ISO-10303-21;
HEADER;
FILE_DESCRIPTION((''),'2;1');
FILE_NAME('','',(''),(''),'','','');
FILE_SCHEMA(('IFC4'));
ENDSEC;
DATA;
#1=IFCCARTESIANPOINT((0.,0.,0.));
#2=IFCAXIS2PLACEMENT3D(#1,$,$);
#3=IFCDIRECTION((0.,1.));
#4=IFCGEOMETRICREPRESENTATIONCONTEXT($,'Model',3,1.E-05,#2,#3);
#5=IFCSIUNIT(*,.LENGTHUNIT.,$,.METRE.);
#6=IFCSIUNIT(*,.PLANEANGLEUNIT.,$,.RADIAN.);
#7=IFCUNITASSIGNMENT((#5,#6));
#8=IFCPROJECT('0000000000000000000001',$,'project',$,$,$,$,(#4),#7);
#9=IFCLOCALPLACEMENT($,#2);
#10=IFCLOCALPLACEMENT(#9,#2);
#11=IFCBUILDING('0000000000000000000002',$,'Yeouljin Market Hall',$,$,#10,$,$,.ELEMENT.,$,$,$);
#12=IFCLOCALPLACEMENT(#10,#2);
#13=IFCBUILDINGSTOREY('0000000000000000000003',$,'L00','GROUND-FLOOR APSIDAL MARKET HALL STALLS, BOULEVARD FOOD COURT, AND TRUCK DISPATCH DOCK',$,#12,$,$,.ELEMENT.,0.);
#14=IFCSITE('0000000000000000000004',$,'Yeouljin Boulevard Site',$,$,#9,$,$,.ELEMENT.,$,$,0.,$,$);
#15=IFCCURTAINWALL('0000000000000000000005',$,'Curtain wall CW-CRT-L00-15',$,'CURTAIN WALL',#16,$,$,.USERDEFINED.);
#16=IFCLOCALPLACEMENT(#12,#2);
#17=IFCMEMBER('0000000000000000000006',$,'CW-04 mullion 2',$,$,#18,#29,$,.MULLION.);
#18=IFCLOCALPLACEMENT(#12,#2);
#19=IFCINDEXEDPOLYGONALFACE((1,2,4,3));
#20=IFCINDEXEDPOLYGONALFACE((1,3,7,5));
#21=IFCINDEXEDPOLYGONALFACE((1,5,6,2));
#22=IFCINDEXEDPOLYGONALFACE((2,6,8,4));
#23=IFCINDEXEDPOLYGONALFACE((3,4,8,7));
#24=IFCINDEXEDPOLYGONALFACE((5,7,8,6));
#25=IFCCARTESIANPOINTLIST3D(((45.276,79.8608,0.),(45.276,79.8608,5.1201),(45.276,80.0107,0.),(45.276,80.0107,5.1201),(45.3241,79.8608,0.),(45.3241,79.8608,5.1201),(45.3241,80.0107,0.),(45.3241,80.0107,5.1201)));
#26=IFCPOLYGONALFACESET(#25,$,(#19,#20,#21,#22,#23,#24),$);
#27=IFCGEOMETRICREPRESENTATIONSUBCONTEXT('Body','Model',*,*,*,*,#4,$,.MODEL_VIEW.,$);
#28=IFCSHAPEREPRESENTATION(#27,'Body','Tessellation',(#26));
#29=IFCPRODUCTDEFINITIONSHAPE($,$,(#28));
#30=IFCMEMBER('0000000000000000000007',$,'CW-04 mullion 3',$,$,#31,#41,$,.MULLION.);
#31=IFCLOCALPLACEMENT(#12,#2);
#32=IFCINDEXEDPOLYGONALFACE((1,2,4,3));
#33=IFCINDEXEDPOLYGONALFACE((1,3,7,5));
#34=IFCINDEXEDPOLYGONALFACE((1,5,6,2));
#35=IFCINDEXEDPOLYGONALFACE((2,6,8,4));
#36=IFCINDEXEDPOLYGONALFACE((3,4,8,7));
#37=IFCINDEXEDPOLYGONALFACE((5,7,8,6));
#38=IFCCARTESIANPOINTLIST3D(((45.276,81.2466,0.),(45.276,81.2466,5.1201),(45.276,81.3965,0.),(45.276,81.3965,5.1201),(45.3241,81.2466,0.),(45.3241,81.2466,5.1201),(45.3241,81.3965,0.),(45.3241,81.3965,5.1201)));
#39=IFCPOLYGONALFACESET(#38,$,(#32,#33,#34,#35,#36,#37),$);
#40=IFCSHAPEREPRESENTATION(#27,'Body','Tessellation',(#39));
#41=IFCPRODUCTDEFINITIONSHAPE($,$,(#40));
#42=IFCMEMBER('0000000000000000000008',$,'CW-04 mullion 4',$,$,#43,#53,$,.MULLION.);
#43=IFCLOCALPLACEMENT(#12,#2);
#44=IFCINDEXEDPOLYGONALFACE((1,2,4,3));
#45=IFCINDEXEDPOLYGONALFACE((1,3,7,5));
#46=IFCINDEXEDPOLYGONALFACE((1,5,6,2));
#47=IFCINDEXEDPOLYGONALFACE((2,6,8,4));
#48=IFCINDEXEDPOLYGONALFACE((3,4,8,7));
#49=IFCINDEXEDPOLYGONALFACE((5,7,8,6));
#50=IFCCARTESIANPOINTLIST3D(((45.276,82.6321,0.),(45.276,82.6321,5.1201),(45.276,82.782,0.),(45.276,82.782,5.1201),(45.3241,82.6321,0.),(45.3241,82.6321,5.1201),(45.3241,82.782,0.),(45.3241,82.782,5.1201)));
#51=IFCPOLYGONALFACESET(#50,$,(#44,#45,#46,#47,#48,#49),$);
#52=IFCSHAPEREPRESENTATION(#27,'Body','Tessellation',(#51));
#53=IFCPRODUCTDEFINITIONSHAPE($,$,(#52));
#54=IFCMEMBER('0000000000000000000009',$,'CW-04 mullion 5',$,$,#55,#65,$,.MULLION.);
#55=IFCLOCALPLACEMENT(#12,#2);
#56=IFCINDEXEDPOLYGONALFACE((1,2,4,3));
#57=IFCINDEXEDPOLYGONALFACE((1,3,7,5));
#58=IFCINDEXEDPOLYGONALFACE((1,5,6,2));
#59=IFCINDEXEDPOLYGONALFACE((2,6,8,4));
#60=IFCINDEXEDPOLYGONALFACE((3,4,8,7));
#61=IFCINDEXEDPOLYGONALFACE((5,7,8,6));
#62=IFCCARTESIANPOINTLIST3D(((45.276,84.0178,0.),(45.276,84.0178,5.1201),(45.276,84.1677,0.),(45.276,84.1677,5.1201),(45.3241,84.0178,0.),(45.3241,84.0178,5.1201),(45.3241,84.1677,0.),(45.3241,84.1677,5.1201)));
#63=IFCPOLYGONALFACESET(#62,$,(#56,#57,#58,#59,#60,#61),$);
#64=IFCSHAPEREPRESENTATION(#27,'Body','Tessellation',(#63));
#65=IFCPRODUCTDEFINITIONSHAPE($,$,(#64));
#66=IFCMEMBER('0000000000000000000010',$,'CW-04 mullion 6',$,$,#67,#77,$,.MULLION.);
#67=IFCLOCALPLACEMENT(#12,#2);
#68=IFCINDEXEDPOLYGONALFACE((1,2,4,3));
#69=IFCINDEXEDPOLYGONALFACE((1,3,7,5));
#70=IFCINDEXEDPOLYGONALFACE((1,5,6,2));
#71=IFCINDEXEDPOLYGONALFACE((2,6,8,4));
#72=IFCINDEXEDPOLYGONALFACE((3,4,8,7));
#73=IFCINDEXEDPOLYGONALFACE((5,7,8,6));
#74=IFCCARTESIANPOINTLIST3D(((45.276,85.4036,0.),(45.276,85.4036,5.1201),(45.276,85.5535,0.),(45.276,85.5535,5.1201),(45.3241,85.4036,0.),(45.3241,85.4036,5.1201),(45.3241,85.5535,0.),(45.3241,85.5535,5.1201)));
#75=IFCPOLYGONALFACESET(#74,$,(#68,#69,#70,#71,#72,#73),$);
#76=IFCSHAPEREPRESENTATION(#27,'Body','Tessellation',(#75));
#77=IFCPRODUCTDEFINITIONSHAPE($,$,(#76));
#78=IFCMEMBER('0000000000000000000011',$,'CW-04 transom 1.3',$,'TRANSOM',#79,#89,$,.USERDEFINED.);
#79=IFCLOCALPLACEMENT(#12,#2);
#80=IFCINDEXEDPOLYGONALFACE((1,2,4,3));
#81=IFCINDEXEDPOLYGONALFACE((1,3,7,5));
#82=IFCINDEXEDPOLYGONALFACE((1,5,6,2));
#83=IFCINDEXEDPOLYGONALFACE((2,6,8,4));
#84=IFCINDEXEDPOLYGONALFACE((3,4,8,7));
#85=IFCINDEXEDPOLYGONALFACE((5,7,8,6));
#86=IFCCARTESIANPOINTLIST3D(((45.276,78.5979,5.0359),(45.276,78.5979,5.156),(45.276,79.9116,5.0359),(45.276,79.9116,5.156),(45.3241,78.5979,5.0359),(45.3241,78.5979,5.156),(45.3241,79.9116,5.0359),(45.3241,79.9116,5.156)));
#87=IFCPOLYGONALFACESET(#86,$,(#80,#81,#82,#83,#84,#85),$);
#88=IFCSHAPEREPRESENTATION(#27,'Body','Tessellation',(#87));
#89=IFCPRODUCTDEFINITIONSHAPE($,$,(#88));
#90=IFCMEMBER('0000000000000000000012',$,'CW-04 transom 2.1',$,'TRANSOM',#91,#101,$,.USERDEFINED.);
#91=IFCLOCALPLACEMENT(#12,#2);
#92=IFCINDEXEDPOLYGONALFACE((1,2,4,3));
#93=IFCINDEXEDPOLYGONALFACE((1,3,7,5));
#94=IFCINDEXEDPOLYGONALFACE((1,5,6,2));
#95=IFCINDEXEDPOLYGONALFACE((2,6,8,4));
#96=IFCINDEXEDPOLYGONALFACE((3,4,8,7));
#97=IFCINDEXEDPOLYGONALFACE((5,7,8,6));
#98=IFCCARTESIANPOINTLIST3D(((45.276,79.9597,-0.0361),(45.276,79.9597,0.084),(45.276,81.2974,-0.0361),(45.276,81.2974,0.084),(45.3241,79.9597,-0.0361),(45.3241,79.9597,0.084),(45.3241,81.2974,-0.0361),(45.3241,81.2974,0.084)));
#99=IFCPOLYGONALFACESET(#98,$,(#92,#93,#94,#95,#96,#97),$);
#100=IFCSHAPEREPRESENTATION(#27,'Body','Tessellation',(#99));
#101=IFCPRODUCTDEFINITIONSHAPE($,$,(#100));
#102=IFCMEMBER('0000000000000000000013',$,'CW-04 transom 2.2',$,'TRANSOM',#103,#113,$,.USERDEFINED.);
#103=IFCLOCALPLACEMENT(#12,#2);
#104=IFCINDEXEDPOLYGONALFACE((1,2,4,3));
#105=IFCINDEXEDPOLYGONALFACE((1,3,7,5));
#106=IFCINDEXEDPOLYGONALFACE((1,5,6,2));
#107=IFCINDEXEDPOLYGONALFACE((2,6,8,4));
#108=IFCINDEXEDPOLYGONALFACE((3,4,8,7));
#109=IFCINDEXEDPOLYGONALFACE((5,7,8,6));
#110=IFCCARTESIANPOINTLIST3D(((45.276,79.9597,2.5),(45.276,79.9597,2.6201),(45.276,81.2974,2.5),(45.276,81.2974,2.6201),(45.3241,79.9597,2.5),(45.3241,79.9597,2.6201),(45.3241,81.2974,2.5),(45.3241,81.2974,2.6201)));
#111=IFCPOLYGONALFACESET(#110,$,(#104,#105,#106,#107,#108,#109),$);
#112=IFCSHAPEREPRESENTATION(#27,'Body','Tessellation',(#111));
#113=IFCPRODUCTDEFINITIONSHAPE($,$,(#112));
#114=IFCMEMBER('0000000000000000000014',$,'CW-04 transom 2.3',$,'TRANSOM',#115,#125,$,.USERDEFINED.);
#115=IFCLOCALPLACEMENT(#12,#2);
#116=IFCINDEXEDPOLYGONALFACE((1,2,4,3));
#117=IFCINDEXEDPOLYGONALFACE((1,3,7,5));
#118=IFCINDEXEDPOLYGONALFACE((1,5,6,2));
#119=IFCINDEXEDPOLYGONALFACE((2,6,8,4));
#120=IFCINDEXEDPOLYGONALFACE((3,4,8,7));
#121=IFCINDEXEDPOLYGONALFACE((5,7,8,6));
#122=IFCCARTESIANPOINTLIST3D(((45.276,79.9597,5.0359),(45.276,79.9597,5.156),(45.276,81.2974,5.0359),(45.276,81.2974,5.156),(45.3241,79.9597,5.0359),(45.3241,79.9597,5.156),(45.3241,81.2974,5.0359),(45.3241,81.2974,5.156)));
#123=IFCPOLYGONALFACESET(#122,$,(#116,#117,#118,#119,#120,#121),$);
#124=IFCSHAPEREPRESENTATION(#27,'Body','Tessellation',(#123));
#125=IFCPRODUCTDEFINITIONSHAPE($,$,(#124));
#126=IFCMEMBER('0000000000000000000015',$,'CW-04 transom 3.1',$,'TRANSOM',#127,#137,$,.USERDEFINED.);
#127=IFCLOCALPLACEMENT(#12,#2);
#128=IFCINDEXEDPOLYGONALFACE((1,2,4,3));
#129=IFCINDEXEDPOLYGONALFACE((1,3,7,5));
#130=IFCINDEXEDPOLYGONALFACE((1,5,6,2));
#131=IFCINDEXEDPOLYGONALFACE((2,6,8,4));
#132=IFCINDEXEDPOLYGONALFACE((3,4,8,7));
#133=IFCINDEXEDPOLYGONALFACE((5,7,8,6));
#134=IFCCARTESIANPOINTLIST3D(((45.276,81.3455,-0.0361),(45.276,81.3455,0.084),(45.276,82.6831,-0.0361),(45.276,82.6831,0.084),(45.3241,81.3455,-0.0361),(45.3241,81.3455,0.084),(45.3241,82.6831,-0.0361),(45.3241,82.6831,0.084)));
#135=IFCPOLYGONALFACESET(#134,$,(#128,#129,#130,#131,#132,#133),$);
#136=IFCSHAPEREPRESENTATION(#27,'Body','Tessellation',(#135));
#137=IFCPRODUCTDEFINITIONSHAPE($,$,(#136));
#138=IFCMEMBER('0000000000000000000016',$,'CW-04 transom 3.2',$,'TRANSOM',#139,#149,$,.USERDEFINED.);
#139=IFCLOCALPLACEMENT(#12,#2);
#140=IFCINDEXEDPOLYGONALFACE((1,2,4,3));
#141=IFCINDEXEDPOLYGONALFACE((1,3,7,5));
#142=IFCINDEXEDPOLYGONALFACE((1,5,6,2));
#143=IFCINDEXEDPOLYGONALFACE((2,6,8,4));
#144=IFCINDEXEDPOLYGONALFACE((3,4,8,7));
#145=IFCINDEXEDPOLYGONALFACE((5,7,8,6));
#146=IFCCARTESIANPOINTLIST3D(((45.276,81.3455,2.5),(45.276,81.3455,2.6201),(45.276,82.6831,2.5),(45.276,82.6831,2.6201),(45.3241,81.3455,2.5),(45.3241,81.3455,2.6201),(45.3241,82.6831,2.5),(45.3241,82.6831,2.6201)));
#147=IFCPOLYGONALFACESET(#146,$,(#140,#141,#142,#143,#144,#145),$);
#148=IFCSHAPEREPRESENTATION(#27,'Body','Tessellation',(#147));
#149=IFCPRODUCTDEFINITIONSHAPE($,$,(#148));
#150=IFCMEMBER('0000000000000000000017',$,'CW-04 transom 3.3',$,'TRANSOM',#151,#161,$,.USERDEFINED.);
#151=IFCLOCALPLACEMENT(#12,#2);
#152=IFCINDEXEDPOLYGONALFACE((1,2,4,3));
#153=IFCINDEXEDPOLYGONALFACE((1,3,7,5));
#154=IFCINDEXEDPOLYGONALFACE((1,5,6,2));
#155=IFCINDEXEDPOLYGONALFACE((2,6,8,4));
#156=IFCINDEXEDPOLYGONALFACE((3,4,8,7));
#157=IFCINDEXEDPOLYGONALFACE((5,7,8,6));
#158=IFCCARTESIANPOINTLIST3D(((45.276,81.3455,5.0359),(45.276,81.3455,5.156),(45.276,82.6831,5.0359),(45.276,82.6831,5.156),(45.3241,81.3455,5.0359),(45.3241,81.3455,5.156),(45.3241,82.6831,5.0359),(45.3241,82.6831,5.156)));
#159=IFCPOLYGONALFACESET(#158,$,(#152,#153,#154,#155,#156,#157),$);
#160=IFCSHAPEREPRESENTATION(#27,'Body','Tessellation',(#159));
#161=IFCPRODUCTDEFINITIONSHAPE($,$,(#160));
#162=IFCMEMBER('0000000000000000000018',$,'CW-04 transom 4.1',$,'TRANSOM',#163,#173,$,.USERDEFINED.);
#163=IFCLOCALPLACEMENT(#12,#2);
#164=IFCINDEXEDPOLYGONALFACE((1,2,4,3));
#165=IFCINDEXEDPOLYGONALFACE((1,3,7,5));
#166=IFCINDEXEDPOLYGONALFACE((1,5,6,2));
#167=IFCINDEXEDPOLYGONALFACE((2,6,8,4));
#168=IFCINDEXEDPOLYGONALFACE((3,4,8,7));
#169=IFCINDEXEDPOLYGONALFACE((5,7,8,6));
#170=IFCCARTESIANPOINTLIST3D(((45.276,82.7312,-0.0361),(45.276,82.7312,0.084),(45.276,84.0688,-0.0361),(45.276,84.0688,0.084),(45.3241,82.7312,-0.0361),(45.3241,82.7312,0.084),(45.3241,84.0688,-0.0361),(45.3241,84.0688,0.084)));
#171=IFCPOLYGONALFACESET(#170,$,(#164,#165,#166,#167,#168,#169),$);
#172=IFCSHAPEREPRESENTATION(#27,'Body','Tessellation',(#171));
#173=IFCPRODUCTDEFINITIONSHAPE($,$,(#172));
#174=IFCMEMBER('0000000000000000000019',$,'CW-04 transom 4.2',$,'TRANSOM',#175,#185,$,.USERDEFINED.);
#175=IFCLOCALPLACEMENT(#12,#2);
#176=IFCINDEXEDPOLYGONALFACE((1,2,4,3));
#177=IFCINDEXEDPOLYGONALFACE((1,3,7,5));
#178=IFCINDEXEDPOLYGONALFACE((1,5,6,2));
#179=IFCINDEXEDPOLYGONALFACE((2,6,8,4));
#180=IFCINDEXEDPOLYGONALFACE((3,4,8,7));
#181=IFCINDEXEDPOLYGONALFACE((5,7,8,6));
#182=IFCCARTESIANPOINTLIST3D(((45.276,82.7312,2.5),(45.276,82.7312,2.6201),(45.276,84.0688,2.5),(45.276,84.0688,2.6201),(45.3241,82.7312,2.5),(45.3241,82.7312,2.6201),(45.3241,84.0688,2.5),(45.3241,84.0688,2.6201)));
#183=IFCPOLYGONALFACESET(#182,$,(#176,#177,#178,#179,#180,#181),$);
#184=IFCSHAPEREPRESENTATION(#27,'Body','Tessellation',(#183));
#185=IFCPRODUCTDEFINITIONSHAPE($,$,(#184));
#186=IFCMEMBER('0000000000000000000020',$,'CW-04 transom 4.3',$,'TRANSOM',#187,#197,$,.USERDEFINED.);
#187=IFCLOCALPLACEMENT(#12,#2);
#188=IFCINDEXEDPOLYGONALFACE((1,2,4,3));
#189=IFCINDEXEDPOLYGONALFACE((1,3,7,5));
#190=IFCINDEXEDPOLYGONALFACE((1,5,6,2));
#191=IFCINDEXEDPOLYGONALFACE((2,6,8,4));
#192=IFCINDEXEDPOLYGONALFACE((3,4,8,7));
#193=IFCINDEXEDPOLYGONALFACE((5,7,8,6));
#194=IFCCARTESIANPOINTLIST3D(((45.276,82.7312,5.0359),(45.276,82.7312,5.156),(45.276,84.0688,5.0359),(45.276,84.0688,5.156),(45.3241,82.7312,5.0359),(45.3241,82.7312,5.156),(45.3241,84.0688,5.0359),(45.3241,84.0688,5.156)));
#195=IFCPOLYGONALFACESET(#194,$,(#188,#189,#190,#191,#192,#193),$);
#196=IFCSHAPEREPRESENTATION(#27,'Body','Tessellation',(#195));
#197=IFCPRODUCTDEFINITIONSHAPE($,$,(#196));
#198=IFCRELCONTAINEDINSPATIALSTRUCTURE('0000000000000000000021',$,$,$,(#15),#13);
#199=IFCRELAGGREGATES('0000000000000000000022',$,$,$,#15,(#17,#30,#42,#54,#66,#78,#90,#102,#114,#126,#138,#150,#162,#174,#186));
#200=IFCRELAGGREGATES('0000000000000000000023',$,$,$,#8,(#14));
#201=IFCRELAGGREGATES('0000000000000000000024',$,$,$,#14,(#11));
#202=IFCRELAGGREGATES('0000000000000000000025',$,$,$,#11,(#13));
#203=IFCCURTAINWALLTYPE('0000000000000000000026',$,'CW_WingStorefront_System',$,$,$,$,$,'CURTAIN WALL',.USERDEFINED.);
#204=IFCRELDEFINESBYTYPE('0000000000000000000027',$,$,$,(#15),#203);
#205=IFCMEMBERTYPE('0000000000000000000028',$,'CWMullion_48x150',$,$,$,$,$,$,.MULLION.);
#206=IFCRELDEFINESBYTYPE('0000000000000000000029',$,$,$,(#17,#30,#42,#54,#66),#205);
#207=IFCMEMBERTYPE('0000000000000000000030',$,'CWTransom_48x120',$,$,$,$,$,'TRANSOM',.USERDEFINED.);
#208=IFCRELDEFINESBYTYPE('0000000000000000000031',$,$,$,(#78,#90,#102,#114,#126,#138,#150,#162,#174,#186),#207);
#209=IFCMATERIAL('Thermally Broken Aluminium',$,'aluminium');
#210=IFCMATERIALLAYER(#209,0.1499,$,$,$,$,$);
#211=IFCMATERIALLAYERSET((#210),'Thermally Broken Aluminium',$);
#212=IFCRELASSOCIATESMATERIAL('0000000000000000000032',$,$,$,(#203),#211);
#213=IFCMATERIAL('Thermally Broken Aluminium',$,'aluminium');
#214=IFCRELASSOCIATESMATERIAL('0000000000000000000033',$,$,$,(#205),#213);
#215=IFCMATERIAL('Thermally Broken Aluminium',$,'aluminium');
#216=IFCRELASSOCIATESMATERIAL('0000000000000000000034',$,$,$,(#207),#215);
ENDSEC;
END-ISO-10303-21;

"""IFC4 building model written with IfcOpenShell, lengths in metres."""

from ifc_helpers import new_model, si_unit, direction, frame, origin, origin_2d, place, context, subcontext, project, spatial, rectangle, extrude, material, layer, layer_set, material_profile, profile_set, type_object, element, aggregate, save


model = new_model("IFC4")

# Units and contexts
model_context = context("Model", 3, precision=1e-05, world=origin(), true_north=direction((0.0, 1.0)))
body_context = subcontext(model_context, "Body", "Model", "MODEL_VIEW")
ifc_project = project(units=[si_unit("LENGTHUNIT", "METRE"), si_unit("PLANEANGLEUNIT", "RADIAN")], contexts=[model_context])

# Site, building, storey
site_placement = place(None, origin())
site = spatial("IfcSite", under=ifc_project, at=site_placement, Name="Yeouljin Boulevard Site", CompositionType="ELEMENT", RefElevation=0.0)
building_placement = place(site_placement, origin())
building = spatial("IfcBuilding", under=site, at=building_placement, Name="Yeouljin Market Hall", CompositionType="ELEMENT")
storey_placement = place(building_placement, origin())
storey = spatial("IfcBuildingStorey", under=building, at=storey_placement, Name="L00", Description="GROUND-FLOOR APSIDAL MARKET HALL STALLS, BOULEVARD FOOD COURT, AND TRUCK DISPATCH DOCK", CompositionType="ELEMENT", Elevation=0.0)

# Curtain wall, members
ifc_material_1 = material(Name="Thermally Broken Aluminium", Category="aluminium")
ifc_layer_1 = layer(ifc_material_1, 0.1499)
ifc_layer_set_1 = layer_set([ifc_layer_1], Name="Thermally Broken Aluminium")
curtain_wall_type = type_object("IfcCurtainWallType", Name="CW_WingStorefront_System", ElementType="CURTAIN WALL", PredefinedType="USERDEFINED", material=ifc_layer_set_1)
curtain_wall_placement = place(storey_placement, origin())
curtain_wall = element("IfcCurtainWall", 1, at=curtain_wall_placement, inside=storey, type_object=curtain_wall_type, Name="Curtain wall CW-CRT-L00-15", ObjectType="CURTAIN WALL", PredefinedType="USERDEFINED")
ifc_material_2 = material(Name="Thermally Broken Aluminium", Category="aluminium")
ifc_material_profile_1 = material_profile(ifc_material_2, rectangle(XDim=0.0481, YDim=0.1499, at=origin_2d()), Name="CW-MULL-48x150")
ifc_profile_set_1 = profile_set([ifc_material_profile_1], Name="Thermally Broken Aluminium")
member_type_1 = type_object("IfcMemberType", Name="CWMullion_48x150", PredefinedType="MULLION", material=ifc_profile_set_1)
member_1_placement = place(storey_placement, frame((45.3, 79.9358, 0.0), z_axis=(0.0, 0.0, 1.0), x_axis=(-1.0, 0.0, 0.0)))
member_1 = element("IfcMember", 2, at=member_1_placement, type_object=member_type_1, Name="CW-04 mullion 2", PredefinedType="MULLION", context=body_context, shape_type="SweptSolid", body=[
    extrude(rectangle(XDim=0.0481, YDim=0.1499, at=origin_2d()), origin(), (0.0, 0.0, 1.0), 5.1201),
])
member_2_placement = place(storey_placement, frame((45.3, 81.3215, 0.0), z_axis=(0.0, 0.0, 1.0), x_axis=(-1.0, 0.0, 0.0)))
member_2 = element("IfcMember", 3, at=member_2_placement, type_object=member_type_1, Name="CW-04 mullion 3", PredefinedType="MULLION", context=body_context, shape_type="SweptSolid", body=[
    extrude(rectangle(XDim=0.0481, YDim=0.1499, at=origin_2d()), origin(), (0.0, 0.0, 1.0), 5.1201),
])
member_3_placement = place(storey_placement, frame((45.3, 82.707, 0.0), z_axis=(0.0, 0.0, 1.0), x_axis=(-1.0, 0.0, 0.0)))
member_3 = element("IfcMember", 4, at=member_3_placement, type_object=member_type_1, Name="CW-04 mullion 4", PredefinedType="MULLION", context=body_context, shape_type="SweptSolid", body=[
    extrude(rectangle(XDim=0.0481, YDim=0.1499, at=origin_2d()), origin(), (0.0, 0.0, 1.0), 5.1201),
])
member_4_placement = place(storey_placement, frame((45.3, 84.0928, 0.0), z_axis=(0.0, 0.0, 1.0), x_axis=(-1.0, 0.0, 0.0)))
member_4 = element("IfcMember", 5, at=member_4_placement, type_object=member_type_1, Name="CW-04 mullion 5", PredefinedType="MULLION", context=body_context, shape_type="SweptSolid", body=[
    extrude(rectangle(XDim=0.0481, YDim=0.1499, at=origin_2d()), origin(), (0.0, 0.0, 1.0), 5.1201),
])
member_5_placement = place(storey_placement, frame((45.3, 85.4785, 0.0), z_axis=(0.0, 0.0, 1.0), x_axis=(-1.0, 0.0, 0.0)))
member_5 = element("IfcMember", 6, at=member_5_placement, type_object=member_type_1, Name="CW-04 mullion 6", PredefinedType="MULLION", context=body_context, shape_type="SweptSolid", body=[
    extrude(rectangle(XDim=0.0481, YDim=0.1499, at=origin_2d()), origin(), (0.0, 0.0, 1.0), 5.1201),
])
ifc_material_3 = material(Name="Thermally Broken Aluminium", Category="aluminium")
ifc_material_profile_2 = material_profile(ifc_material_3, rectangle(XDim=0.0481, YDim=0.1201, at=origin_2d()), Name="CW-TRAN-48x120")
ifc_profile_set_2 = profile_set([ifc_material_profile_2], Name="Thermally Broken Aluminium")
member_type_2 = type_object("IfcMemberType", Name="CWTransom_48x120", ElementType="TRANSOM", PredefinedType="USERDEFINED", material=ifc_profile_set_2)
member_6_placement = place(storey_placement, frame((45.3, 78.5979, 5.0959), z_axis=(0.0, 1.0, 0.0), x_axis=(-1.0, 0.0, 0.0)))
member_6 = element("IfcMember", 7, at=member_6_placement, type_object=member_type_2, Name="CW-04 transom 1.3", ObjectType="TRANSOM", PredefinedType="USERDEFINED", context=body_context, shape_type="SweptSolid", body=[
    extrude(rectangle(XDim=0.0481, YDim=0.1201, at=origin_2d()), origin(), (0.0, 0.0, 1.0), 1.3137),
])
member_7_placement = place(storey_placement, frame((45.3, 79.9597, 0.0239), z_axis=(0.0, 1.0, 0.0), x_axis=(-1.0, 0.0, 0.0)))
member_7 = element("IfcMember", 8, at=member_7_placement, type_object=member_type_2, Name="CW-04 transom 2.1", ObjectType="TRANSOM", PredefinedType="USERDEFINED", context=body_context, shape_type="SweptSolid", body=[
    extrude(rectangle(XDim=0.0481, YDim=0.1201, at=origin_2d()), origin(), (0.0, 0.0, 1.0), 1.3376),
])
member_8_placement = place(storey_placement, frame((45.3, 79.9597, 2.5601), z_axis=(0.0, 1.0, 0.0), x_axis=(-1.0, 0.0, 0.0)))
member_8 = element("IfcMember", 9, at=member_8_placement, type_object=member_type_2, Name="CW-04 transom 2.2", ObjectType="TRANSOM", PredefinedType="USERDEFINED", context=body_context, shape_type="SweptSolid", body=[
    extrude(rectangle(XDim=0.0481, YDim=0.1201, at=origin_2d()), origin(), (0.0, 0.0, 1.0), 1.3376),
])
member_9_placement = place(storey_placement, frame((45.3, 79.9597, 5.0959), z_axis=(0.0, 1.0, 0.0), x_axis=(-1.0, 0.0, 0.0)))
member_9 = element("IfcMember", 10, at=member_9_placement, type_object=member_type_2, Name="CW-04 transom 2.3", ObjectType="TRANSOM", PredefinedType="USERDEFINED", context=body_context, shape_type="SweptSolid", body=[
    extrude(rectangle(XDim=0.0481, YDim=0.1201, at=origin_2d()), origin(), (0.0, 0.0, 1.0), 1.3376),
])
member_10_placement = place(storey_placement, frame((45.3, 81.3455, 0.0239), z_axis=(0.0, 1.0, 0.0), x_axis=(-1.0, 0.0, 0.0)))
member_10 = element("IfcMember", 11, at=member_10_placement, type_object=member_type_2, Name="CW-04 transom 3.1", ObjectType="TRANSOM", PredefinedType="USERDEFINED", context=body_context, shape_type="SweptSolid", body=[
    extrude(rectangle(XDim=0.0481, YDim=0.1201, at=origin_2d()), origin(), (0.0, 0.0, 1.0), 1.3376),
])
member_11_placement = place(storey_placement, frame((45.3, 81.3455, 2.5601), z_axis=(0.0, 1.0, 0.0), x_axis=(-1.0, 0.0, 0.0)))
member_11 = element("IfcMember", 12, at=member_11_placement, type_object=member_type_2, Name="CW-04 transom 3.2", ObjectType="TRANSOM", PredefinedType="USERDEFINED", context=body_context, shape_type="SweptSolid", body=[
    extrude(rectangle(XDim=0.0481, YDim=0.1201, at=origin_2d()), origin(), (0.0, 0.0, 1.0), 1.3376),
])
member_12_placement = place(storey_placement, frame((45.3, 81.3455, 5.0959), z_axis=(0.0, 1.0, 0.0), x_axis=(-1.0, 0.0, 0.0)))
member_12 = element("IfcMember", 13, at=member_12_placement, type_object=member_type_2, Name="CW-04 transom 3.3", ObjectType="TRANSOM", PredefinedType="USERDEFINED", context=body_context, shape_type="SweptSolid", body=[
    extrude(rectangle(XDim=0.0481, YDim=0.1201, at=origin_2d()), origin(), (0.0, 0.0, 1.0), 1.3376),
])
member_13_placement = place(storey_placement, frame((45.3, 82.7312, 0.0239), z_axis=(0.0, 1.0, 0.0), x_axis=(-1.0, 0.0, 0.0)))
member_13 = element("IfcMember", 14, at=member_13_placement, type_object=member_type_2, Name="CW-04 transom 4.1", ObjectType="TRANSOM", PredefinedType="USERDEFINED", context=body_context, shape_type="SweptSolid", body=[
    extrude(rectangle(XDim=0.0481, YDim=0.1201, at=origin_2d()), origin(), (0.0, 0.0, 1.0), 1.3376),
])
member_14_placement = place(storey_placement, frame((45.3, 82.7312, 2.5601), z_axis=(0.0, 1.0, 0.0), x_axis=(-1.0, 0.0, 0.0)))
member_14 = element("IfcMember", 15, at=member_14_placement, type_object=member_type_2, Name="CW-04 transom 4.2", ObjectType="TRANSOM", PredefinedType="USERDEFINED", context=body_context, shape_type="SweptSolid", body=[
    extrude(rectangle(XDim=0.0481, YDim=0.1201, at=origin_2d()), origin(), (0.0, 0.0, 1.0), 1.3376),
])
member_15_placement = place(storey_placement, frame((45.3, 82.7312, 5.0959), z_axis=(0.0, 1.0, 0.0), x_axis=(-1.0, 0.0, 0.0)))
member_15 = element("IfcMember", 16, at=member_15_placement, type_object=member_type_2, Name="CW-04 transom 4.3", ObjectType="TRANSOM", PredefinedType="USERDEFINED", context=body_context, shape_type="SweptSolid", body=[
    extrude(rectangle(XDim=0.0481, YDim=0.1201, at=origin_2d()), origin(), (0.0, 0.0, 1.0), 1.3376),
])
aggregate(curtain_wall, [member_1, member_2, member_3, member_4, member_5, member_6, member_7, member_8, member_9, member_10, member_11, member_12, member_13, member_14, member_15])

save(model, "model.ifc")
